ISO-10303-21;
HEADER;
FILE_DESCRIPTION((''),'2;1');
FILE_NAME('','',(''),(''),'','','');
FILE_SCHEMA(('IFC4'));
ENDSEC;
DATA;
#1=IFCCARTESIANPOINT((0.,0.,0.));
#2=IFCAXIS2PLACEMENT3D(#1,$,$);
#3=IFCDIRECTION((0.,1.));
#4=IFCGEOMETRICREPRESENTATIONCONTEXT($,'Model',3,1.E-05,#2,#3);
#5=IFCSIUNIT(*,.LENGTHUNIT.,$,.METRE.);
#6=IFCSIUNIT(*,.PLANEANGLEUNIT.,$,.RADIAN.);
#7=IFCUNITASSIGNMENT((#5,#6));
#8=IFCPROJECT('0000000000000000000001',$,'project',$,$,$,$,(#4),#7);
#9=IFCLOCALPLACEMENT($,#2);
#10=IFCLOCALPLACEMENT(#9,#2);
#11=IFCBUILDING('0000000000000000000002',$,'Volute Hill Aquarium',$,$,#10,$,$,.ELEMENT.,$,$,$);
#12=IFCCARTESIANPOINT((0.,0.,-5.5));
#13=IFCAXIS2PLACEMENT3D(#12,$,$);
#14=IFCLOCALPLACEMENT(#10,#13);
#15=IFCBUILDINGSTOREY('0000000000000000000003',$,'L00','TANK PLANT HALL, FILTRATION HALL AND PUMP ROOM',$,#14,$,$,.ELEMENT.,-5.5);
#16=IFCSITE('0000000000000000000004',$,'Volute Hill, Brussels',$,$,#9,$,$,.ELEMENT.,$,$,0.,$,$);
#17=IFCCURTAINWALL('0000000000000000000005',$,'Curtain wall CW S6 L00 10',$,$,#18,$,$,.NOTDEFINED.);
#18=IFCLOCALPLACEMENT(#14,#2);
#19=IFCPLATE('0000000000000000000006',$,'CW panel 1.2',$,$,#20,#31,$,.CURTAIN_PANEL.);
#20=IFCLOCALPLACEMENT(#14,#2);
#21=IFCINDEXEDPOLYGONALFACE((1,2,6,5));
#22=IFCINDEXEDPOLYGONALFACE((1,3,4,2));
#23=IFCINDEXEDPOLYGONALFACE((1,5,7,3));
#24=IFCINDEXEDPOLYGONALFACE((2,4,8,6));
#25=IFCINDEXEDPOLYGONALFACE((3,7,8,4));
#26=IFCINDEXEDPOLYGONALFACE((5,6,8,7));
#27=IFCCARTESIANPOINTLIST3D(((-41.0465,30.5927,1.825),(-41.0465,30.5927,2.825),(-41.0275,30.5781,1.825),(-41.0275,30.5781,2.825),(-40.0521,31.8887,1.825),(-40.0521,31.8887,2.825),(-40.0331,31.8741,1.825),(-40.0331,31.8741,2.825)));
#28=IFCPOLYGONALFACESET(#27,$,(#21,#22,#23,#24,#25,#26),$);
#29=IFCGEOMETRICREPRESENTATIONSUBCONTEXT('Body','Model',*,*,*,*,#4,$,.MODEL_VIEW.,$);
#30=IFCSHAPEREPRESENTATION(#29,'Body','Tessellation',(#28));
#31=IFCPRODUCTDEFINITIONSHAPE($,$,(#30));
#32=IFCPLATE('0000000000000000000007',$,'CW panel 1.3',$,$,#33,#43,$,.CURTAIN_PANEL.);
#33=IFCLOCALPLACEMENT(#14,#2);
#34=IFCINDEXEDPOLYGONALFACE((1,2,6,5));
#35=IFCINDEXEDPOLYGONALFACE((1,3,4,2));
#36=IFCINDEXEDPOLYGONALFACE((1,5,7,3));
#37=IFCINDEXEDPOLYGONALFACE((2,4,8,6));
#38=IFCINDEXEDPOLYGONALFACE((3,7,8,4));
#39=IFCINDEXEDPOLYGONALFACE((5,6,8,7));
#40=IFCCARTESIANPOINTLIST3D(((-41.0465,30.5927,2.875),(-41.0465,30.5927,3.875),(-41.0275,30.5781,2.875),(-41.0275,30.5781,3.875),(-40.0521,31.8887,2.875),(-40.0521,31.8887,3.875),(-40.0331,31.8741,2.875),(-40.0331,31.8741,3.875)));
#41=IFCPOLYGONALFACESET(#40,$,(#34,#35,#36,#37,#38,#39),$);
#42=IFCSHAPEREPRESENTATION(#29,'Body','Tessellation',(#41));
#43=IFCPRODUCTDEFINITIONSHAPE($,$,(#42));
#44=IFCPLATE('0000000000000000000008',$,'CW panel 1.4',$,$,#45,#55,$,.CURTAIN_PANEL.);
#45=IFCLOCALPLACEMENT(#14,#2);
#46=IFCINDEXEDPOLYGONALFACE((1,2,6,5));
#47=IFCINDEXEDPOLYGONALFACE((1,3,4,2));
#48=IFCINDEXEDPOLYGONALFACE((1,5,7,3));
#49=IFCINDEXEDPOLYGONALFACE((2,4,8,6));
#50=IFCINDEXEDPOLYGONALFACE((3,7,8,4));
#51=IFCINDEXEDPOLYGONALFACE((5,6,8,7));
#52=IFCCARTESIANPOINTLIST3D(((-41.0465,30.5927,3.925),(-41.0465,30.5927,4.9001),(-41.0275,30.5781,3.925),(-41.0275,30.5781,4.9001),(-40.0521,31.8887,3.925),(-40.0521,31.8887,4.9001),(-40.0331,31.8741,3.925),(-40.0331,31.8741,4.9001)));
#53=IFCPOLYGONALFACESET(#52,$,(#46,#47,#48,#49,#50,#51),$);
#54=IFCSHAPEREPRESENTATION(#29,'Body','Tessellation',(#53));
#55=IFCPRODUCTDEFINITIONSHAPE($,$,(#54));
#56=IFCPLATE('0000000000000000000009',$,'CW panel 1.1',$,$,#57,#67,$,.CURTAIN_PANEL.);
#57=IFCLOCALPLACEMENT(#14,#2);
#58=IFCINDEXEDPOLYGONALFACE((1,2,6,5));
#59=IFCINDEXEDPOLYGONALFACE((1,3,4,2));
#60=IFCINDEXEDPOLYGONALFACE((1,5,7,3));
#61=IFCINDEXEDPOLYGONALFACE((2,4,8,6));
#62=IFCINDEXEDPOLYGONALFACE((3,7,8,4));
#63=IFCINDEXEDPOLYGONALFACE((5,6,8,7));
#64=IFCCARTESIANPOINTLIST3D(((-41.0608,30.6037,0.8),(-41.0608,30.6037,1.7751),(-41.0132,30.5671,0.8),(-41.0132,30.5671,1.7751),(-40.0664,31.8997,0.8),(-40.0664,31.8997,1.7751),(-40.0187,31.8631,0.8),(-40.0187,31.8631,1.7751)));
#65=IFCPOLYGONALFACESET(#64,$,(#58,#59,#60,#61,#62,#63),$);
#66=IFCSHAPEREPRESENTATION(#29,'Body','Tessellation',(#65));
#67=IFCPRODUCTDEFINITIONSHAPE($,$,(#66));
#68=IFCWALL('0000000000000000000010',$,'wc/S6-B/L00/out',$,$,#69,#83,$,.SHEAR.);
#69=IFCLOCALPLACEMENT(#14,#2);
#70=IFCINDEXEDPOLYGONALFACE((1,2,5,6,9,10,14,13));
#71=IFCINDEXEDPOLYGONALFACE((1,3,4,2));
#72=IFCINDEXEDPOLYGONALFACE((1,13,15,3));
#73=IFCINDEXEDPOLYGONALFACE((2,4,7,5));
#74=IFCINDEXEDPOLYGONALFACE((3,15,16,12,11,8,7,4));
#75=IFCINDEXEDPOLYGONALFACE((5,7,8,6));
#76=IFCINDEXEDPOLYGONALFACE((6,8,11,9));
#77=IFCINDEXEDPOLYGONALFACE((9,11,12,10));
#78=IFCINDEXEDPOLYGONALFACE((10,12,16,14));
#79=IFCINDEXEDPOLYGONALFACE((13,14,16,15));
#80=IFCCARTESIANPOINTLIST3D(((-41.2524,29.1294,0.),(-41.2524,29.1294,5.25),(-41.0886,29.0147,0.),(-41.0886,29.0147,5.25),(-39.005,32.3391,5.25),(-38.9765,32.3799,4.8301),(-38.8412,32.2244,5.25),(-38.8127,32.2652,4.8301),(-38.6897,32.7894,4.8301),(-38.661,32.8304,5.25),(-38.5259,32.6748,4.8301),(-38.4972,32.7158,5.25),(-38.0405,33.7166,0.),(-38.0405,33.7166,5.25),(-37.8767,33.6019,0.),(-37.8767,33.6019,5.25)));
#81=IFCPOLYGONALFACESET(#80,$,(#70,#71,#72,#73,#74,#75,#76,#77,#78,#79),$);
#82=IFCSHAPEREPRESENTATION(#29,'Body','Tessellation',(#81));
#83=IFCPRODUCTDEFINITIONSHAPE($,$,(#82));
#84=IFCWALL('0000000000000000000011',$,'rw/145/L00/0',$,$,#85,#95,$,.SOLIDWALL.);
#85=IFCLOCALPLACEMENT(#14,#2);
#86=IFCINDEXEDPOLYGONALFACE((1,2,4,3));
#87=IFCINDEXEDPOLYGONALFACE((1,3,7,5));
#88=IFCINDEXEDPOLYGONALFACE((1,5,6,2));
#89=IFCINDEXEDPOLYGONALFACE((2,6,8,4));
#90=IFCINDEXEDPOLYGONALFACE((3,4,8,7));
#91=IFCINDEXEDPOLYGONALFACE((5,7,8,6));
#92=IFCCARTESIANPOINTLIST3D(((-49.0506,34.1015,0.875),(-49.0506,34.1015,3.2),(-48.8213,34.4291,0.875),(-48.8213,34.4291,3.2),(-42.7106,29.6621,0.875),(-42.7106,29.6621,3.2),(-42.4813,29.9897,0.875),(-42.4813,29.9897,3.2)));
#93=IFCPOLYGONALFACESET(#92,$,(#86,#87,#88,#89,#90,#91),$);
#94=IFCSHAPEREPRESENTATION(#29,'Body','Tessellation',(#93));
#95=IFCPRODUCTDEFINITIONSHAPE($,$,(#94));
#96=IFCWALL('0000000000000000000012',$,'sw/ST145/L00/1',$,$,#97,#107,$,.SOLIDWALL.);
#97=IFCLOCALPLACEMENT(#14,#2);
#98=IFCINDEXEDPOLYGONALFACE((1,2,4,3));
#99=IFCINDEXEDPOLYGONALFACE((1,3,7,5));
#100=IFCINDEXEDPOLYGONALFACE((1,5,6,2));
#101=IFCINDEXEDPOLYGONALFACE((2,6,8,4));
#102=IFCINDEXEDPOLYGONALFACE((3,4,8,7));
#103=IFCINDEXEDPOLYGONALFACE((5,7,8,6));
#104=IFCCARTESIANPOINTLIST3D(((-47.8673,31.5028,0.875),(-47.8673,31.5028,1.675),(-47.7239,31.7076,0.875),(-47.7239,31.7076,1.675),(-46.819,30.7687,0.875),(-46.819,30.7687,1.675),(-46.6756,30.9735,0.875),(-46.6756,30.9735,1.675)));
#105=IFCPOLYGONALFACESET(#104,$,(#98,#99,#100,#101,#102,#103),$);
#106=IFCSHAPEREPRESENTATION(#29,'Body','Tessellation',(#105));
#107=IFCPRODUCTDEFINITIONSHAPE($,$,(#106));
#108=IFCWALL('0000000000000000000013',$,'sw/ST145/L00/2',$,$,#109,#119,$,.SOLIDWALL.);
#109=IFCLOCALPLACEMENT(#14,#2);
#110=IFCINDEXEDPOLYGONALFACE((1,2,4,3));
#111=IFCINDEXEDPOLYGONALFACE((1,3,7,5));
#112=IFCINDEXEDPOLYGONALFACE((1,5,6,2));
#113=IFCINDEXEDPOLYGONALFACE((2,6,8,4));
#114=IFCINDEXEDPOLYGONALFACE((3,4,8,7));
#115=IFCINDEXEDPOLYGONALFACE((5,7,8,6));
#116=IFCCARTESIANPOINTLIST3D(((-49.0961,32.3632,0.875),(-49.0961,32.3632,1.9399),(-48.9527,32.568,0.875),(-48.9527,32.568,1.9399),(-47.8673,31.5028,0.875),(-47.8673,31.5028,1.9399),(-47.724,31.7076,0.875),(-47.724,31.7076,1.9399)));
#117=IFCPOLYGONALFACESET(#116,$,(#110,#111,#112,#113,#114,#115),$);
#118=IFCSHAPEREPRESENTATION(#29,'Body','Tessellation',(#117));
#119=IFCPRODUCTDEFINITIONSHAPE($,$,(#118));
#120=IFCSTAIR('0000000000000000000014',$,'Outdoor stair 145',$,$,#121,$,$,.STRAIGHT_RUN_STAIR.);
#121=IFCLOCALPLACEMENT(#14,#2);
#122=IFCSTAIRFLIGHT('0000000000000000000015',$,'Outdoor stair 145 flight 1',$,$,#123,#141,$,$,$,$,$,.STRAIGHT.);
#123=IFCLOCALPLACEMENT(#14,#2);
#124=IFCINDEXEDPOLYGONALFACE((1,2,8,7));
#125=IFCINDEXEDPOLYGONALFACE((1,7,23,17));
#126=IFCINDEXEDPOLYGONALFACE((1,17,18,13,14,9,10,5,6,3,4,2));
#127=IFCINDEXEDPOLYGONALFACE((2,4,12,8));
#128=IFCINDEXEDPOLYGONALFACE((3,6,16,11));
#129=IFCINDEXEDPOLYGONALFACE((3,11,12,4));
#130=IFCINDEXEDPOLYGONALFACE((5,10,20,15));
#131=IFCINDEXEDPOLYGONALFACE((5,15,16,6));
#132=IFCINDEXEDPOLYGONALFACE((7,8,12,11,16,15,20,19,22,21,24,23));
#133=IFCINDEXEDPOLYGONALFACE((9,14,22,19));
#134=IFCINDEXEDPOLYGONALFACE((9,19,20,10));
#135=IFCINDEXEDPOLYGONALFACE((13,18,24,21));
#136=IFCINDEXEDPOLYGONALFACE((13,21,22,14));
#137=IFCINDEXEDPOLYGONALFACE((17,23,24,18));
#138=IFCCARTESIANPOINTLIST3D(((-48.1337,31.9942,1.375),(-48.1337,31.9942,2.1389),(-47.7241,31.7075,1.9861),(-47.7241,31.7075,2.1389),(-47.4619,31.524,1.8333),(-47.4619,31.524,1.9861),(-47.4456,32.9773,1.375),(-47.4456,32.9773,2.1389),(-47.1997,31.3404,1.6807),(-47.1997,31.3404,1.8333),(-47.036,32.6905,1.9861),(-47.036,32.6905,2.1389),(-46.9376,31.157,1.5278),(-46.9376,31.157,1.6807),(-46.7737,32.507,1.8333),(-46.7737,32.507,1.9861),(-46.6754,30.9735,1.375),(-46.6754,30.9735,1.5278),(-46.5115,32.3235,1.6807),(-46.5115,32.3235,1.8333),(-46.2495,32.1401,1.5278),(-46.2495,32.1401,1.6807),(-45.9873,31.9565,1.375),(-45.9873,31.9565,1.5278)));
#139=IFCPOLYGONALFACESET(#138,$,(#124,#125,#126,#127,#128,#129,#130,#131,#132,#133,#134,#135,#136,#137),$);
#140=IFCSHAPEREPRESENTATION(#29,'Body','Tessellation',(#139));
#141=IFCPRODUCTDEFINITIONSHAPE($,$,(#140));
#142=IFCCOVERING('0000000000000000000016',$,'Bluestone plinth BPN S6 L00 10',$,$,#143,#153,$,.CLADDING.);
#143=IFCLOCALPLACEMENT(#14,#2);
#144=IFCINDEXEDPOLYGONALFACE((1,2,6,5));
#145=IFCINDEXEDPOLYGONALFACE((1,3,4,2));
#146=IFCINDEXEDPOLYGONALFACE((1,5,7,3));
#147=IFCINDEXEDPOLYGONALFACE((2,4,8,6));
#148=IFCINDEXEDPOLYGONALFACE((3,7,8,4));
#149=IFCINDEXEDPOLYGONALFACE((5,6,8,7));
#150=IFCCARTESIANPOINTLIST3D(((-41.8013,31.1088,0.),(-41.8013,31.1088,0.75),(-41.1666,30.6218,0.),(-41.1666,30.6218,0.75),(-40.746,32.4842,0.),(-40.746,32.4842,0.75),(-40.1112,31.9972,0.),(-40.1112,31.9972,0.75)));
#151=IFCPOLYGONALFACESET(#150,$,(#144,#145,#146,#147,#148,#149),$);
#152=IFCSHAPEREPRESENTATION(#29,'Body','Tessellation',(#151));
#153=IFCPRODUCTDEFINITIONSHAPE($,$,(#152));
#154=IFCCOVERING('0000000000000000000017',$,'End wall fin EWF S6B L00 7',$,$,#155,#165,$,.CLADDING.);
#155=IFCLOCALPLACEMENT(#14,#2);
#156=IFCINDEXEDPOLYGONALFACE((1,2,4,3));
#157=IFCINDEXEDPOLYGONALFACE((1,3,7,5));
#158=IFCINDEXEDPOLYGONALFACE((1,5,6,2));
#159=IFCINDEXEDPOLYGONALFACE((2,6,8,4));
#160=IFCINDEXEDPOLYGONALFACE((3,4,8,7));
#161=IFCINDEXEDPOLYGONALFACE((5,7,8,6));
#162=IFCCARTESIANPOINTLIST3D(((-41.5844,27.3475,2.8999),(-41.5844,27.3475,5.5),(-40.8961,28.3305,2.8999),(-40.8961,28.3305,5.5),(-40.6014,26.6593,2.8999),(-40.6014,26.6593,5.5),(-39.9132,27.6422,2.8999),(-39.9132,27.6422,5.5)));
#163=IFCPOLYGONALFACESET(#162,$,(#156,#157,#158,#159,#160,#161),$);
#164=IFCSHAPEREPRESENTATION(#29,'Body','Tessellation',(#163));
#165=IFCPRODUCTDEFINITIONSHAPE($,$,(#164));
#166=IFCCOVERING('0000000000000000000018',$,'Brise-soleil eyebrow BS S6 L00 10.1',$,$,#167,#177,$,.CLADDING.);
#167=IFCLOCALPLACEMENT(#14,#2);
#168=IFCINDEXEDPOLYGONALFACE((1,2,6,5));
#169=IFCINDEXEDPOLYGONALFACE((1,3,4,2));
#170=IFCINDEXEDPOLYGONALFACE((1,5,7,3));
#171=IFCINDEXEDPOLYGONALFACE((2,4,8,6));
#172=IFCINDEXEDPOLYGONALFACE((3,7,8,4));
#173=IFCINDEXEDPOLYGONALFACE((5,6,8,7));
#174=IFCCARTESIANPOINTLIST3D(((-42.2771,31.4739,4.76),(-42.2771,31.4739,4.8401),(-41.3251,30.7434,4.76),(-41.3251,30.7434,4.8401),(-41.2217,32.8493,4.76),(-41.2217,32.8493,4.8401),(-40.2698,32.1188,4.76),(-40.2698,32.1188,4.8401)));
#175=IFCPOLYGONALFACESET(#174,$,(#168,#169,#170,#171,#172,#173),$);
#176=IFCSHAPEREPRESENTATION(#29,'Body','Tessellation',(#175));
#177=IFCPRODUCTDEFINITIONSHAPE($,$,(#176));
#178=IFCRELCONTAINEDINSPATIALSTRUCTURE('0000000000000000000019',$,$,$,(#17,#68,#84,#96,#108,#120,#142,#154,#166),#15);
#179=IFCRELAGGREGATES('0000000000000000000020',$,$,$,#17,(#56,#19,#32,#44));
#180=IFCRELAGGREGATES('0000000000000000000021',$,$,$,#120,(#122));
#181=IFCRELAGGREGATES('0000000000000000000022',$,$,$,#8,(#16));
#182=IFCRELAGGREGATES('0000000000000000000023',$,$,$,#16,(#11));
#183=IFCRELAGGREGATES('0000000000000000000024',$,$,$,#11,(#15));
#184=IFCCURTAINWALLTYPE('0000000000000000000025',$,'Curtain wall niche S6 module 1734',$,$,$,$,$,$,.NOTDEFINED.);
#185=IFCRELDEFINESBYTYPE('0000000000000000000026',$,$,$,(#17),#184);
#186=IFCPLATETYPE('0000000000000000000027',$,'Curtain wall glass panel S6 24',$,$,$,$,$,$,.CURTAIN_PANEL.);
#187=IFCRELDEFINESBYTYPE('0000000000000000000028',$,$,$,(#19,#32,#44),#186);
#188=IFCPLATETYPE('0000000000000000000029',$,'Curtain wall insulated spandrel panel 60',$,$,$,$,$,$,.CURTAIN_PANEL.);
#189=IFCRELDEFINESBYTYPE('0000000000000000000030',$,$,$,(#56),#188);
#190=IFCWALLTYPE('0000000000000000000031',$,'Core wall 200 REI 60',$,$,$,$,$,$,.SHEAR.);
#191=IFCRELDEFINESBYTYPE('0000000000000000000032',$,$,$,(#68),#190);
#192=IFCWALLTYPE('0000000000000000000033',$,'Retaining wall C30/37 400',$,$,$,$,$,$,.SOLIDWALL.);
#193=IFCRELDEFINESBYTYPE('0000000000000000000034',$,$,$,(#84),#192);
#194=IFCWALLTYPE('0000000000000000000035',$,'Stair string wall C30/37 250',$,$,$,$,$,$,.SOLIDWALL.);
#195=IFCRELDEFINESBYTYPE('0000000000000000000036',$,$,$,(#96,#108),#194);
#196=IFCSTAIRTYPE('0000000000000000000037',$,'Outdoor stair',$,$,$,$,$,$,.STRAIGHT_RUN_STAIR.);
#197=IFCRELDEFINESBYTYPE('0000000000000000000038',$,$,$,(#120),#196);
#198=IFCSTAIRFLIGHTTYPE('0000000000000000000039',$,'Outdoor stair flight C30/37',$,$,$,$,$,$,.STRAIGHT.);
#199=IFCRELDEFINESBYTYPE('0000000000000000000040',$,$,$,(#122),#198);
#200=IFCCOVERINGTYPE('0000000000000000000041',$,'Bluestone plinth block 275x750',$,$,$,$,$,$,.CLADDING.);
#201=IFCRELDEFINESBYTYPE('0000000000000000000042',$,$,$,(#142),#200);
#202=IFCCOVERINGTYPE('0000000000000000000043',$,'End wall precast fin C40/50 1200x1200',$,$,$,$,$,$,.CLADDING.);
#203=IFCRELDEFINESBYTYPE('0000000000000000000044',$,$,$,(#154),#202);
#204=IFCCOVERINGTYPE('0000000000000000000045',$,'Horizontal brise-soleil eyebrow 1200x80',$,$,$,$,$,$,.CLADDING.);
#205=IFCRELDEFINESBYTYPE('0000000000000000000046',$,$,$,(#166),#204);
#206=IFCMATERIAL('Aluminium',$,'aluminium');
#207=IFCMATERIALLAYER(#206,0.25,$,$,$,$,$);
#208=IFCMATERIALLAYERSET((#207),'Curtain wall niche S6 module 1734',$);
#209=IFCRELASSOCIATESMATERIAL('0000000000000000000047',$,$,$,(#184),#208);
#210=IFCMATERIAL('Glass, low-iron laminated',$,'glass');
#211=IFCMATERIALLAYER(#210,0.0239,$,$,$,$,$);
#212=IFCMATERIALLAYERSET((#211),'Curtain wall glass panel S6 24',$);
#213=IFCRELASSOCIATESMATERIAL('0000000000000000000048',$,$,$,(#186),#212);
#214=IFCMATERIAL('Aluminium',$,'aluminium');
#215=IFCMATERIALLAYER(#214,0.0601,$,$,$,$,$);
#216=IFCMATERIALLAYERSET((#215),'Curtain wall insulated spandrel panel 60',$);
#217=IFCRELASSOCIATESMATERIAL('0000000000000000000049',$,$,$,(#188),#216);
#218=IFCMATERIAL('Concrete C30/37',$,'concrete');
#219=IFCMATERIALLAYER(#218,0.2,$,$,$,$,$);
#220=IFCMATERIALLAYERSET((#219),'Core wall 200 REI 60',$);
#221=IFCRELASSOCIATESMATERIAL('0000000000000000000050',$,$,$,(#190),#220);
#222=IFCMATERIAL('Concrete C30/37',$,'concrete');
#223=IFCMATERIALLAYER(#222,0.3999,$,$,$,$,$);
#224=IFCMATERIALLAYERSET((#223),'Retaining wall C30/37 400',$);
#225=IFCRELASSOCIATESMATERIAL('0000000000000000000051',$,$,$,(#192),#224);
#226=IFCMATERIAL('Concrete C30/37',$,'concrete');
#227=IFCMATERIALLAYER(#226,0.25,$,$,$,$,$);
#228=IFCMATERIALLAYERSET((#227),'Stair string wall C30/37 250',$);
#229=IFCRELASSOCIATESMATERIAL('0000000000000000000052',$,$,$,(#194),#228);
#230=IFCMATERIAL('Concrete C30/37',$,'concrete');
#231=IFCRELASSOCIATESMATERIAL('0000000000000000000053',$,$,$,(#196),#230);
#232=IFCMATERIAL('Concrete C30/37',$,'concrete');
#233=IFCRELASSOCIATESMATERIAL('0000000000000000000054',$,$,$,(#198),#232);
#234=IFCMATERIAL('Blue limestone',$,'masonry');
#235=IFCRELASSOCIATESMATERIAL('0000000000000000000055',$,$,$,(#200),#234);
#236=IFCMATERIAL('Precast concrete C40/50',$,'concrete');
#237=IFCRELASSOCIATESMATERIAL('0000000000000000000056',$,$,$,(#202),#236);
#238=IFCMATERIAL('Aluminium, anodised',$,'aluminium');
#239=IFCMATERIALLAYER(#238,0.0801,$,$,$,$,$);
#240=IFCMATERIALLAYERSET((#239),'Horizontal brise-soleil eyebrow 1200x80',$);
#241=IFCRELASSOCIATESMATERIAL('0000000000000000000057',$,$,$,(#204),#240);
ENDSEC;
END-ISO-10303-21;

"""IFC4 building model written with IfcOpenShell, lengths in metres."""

from ifc_helpers import new_model, si_unit, direction, frame, frame_2d, origin, origin_2d, place, context, subcontext, project, spatial, polyline, rectangle, outline, extrude, material, layer, layer_set, type_object, element, aggregate, save


model = new_model("IFC4")

# Units and contexts
model_context = context("Model", 3, precision=1e-05, world=origin(), true_north=direction((0.0, 1.0)))
body_context = subcontext(model_context, "Body", "Model", "MODEL_VIEW")
ifc_project = project(units=[si_unit("LENGTHUNIT", "METRE"), si_unit("PLANEANGLEUNIT", "RADIAN")], contexts=[model_context])

# Site, building, storey
site_placement = place(None, origin())
site = spatial("IfcSite", under=ifc_project, at=site_placement, Name="Volute Hill, Brussels", CompositionType="ELEMENT", RefElevation=0.0)
building_placement = place(site_placement, origin())
building = spatial("IfcBuilding", under=site, at=building_placement, Name="Volute Hill Aquarium", CompositionType="ELEMENT")
storey_placement = place(building_placement, frame((0.0, 0.0, -5.5)))
storey = spatial("IfcBuildingStorey", under=building, at=storey_placement, Name="L00", Description="TANK PLANT HALL, FILTRATION HALL AND PUMP ROOM", CompositionType="ELEMENT", Elevation=-5.5)

# Curtain wall, plates
ifc_material_1 = material(Name="Aluminium", Category="aluminium")
ifc_layer_1 = layer(ifc_material_1, 0.25)
ifc_layer_set_1 = layer_set([ifc_layer_1], Name="Curtain wall niche S6 module 1734")
curtain_wall_type = type_object("IfcCurtainWallType", Name="Curtain wall niche S6 module 1734", PredefinedType="NOTDEFINED", material=ifc_layer_set_1)
curtain_wall_placement = place(storey_placement, origin())
curtain_wall = element("IfcCurtainWall", 1, at=curtain_wall_placement, inside=storey, type_object=curtain_wall_type, Name="Curtain wall CW S6 L00 10", PredefinedType="NOTDEFINED")
ifc_material_2 = material(Name="Glass, low-iron laminated", Category="glass")
ifc_layer_2 = layer(ifc_material_2, 0.0239)
ifc_layer_set_2 = layer_set([ifc_layer_2], Name="Curtain wall glass panel S6 24")
plate_type_1 = type_object("IfcPlateType", Name="Curtain wall glass panel S6 24", PredefinedType="CURTAIN_PANEL", material=ifc_layer_set_2)
plate_1_placement = place(storey_placement, frame((-40.5398, 31.2334, 1.825), z_axis=(0.0, 0.0, 1.0), x_axis=(-0.608767, -0.793349, 0.0)))
plate_1 = element("IfcPlate", 2, at=plate_1_placement, type_object=plate_type_1, Name="CW panel 1.2", PredefinedType="CURTAIN_PANEL", context=body_context, shape_type="SweptSolid", body=[
    extrude(rectangle(XDim=1.6335, YDim=0.0239, at=origin_2d()), origin(), (0.0, 0.0, 1.0), 1.0),
])
plate_2_placement = place(storey_placement, frame((-40.5398, 31.2334, 2.875), z_axis=(0.0, 0.0, 1.0), x_axis=(-0.608767, -0.793349, 0.0)))
plate_2 = element("IfcPlate", 3, at=plate_2_placement, type_object=plate_type_1, Name="CW panel 1.3", PredefinedType="CURTAIN_PANEL", context=body_context, shape_type="SweptSolid", body=[
    extrude(rectangle(XDim=1.6335, YDim=0.0239, at=origin_2d()), origin(), (0.0, 0.0, 1.0), 1.0),
])
plate_3_placement = place(storey_placement, frame((-40.5398, 31.2334, 3.925), z_axis=(0.0, 0.0, 1.0), x_axis=(-0.608767, -0.793349, 0.0)))
plate_3 = element("IfcPlate", 4, at=plate_3_placement, type_object=plate_type_1, Name="CW panel 1.4", PredefinedType="CURTAIN_PANEL", context=body_context, shape_type="SweptSolid", body=[
    extrude(rectangle(XDim=1.6335, YDim=0.0239, at=origin_2d()), origin(), (0.0, 0.0, 1.0), 0.9751),
])
ifc_material_3 = material(Name="Aluminium", Category="aluminium")
ifc_layer_3 = layer(ifc_material_3, 0.0601)
ifc_layer_set_3 = layer_set([ifc_layer_3], Name="Curtain wall insulated spandrel panel 60")
plate_type_2 = type_object("IfcPlateType", Name="Curtain wall insulated spandrel panel 60", PredefinedType="CURTAIN_PANEL", material=ifc_layer_set_3)
plate_4_placement = place(storey_placement, frame((-40.5398, 31.2334, 0.8), z_axis=(0.0, 0.0, 1.0), x_axis=(-0.608767, -0.793349, 0.0)))
plate_4 = element("IfcPlate", 5, at=plate_4_placement, type_object=plate_type_2, Name="CW panel 1.1", PredefinedType="CURTAIN_PANEL", context=body_context, shape_type="SweptSolid", body=[
    extrude(rectangle(XDim=1.6335, YDim=0.0601, at=origin_2d()), origin(), (0.0, 0.0, 1.0), 0.9751),
])
aggregate(curtain_wall, [plate_4, plate_1, plate_2, plate_3])

# Walls
ifc_material_4 = material(Name="Concrete C30/37", Category="concrete")
ifc_layer_4 = layer(ifc_material_4, 0.2)
ifc_layer_set_4 = layer_set([ifc_layer_4], Name="Core wall 200 REI 60")
wall_type_1 = type_object("IfcWallType", Name="Core wall 200 REI 60", PredefinedType="SHEAR", material=ifc_layer_set_4)
wall_1_placement = place(storey_placement, frame((-41.1704, 29.072, 0.0), z_axis=(0.0, 0.0, 1.0), x_axis=(0.573571, 0.819156, 0.0)))
element("IfcWall", 6, at=wall_1_placement, inside=storey, type_object=wall_type_1, Name="wc/S6-B/L00/out", PredefinedType="SHEAR", context=body_context, shape_type="SweptSolid", body=[
    extrude(outline(polyline([(0.0, 0.0), (5.5999, 0.0), (5.5999, 5.25), (4.5181, 5.25), (4.468, 4.8301), (3.968, 4.8301), (3.9182, 5.25), (0.0, 5.25), (0.0, 0.0)])), frame((0.0, 0.1001, 0.0), z_axis=(0.0, -1.0, 0.0), x_axis=(1.0, 0.0, 0.0)), (0.0, 0.0, 1.0), 0.2),
])
ifc_material_5 = material(Name="Concrete C30/37", Category="concrete")
ifc_layer_5 = layer(ifc_material_5, 0.3999)
ifc_layer_set_5 = layer_set([ifc_layer_5], Name="Retaining wall C30/37 400")
wall_type_2 = type_object("IfcWallType", Name="Retaining wall C30/37 400", PredefinedType="SOLIDWALL", material=ifc_layer_set_5)
wall_2_placement = place(storey_placement, frame((-42.5959, 29.8259, 0.875), z_axis=(0.0, 0.0, 1.0), x_axis=(-0.819147, 0.573583, 0.0)))
element("IfcWall", 7, at=wall_2_placement, inside=storey, type_object=wall_type_2, Name="rw/145/L00/0", PredefinedType="SOLIDWALL", context=body_context, shape_type="SweptSolid", body=[
    extrude(rectangle(XDim=7.7397, YDim=0.3999, at=frame_2d((3.8699, 0.0))), origin(), (0.0, 0.0, 1.0), 2.325),
])
ifc_material_6 = material(Name="Concrete C30/37", Category="concrete")
ifc_layer_6 = layer(ifc_material_6, 0.25)
ifc_layer_set_6 = layer_set([ifc_layer_6], Name="Stair string wall C30/37 250")
wall_type_3 = type_object("IfcWallType", Name="Stair string wall C30/37 250", PredefinedType="SOLIDWALL", material=ifc_layer_set_6)
wall_3_placement = place(storey_placement, frame((-46.7473, 30.8711, 0.875), z_axis=(0.0, 0.0, 1.0), x_axis=(-0.819124, 0.573616, 0.0)))
element("IfcWall", 8, at=wall_3_placement, inside=storey, type_object=wall_type_3, Name="sw/ST145/L00/1", PredefinedType="SOLIDWALL", context=body_context, shape_type="SweptSolid", body=[
    extrude(rectangle(XDim=1.2798, YDim=0.25, at=frame_2d((0.6399, 0.0))), origin(), (0.0, 0.0, 1.0), 0.8),
])
wall_4_placement = place(storey_placement, frame((-47.7957, 31.6052, 0.875), z_axis=(0.0, 0.0, 1.0), x_axis=(-0.819163, 0.573561, 0.0)))
element("IfcWall", 9, at=wall_4_placement, inside=storey, type_object=wall_type_3, Name="sw/ST145/L00/2", PredefinedType="SOLIDWALL", context=body_context, shape_type="SweptSolid", body=[
    extrude(rectangle(XDim=1.5, YDim=0.25, at=frame_2d((0.75, 0.0))), origin(), (0.0, 0.0, 1.0), 1.0649),
])

# Stair, stair flight
ifc_material_7 = material(Name="Concrete C30/37", Category="concrete")
stair_type = type_object("IfcStairType", Name="Outdoor stair", PredefinedType="STRAIGHT_RUN_STAIR", material=ifc_material_7)
stair_placement = place(storey_placement, origin())
stair = element("IfcStair", 10, at=stair_placement, inside=storey, type_object=stair_type, Name="Outdoor stair 145", PredefinedType="STRAIGHT_RUN_STAIR")
ifc_material_8 = material(Name="Concrete C30/37", Category="concrete")
stair_flight_type = type_object("IfcStairFlightType", Name="Outdoor stair flight C30/37", PredefinedType="STRAIGHT", material=ifc_material_8)
stair_flight_placement = place(storey_placement, frame((-46.3313, 31.4651, 1.375), z_axis=(0.0, 0.0, 1.0), x_axis=(-0.819238, 0.573453, 0.0)))
stair_flight = element("IfcStairFlight", 11, at=stair_flight_placement, type_object=stair_flight_type, Name="Outdoor stair 145 flight 1", PredefinedType="STRAIGHT", context=body_context, shape_type="SweptSolid", body=[
    extrude(outline(polyline([(0.0, 0.0), (1.78, 0.0), (1.78, 0.7639), (1.28, 0.7639), (1.28, 0.6111), (0.96, 0.6111), (0.96, 0.4583), (0.6399, 0.4583), (0.6399, 0.3057), (0.3201, 0.3057), (0.3201, 0.1528), (0.0, 0.1528), (0.0, 0.0), (0.0, 0.0)])), frame((0.0, 0.6001, 0.0), z_axis=(0.0, -1.0, 0.0), x_axis=(1.0, 0.0, 0.0)), (0.0, 0.0, 1.0), 1.2),
])
aggregate(stair, [stair_flight])

# Coverings
ifc_material_9 = material(Name="Blue limestone", Category="masonry")
covering_type_1 = type_object("IfcCoveringType", Name="Bluestone plinth block 275x750", PredefinedType="CLADDING", material=ifc_material_9)
covering_1_placement = place(storey_placement, frame((-40.9563, 31.553, 0.0), z_axis=(0.0, 0.0, 1.0), x_axis=(-0.608766, -0.79335, 0.0)))
element("IfcCovering", 12, at=covering_1_placement, inside=storey, type_object=covering_type_1, Name="Bluestone plinth BPN S6 L00 10", PredefinedType="CLADDING", context=body_context, shape_type="SweptSolid", body=[
    extrude(rectangle(XDim=1.7336, YDim=0.8, at=origin_2d()), origin(), (0.0, 0.0, 1.0), 0.75),
])
ifc_material_10 = material(Name="Precast concrete C40/50", Category="concrete")
covering_type_2 = type_object("IfcCoveringType", Name="End wall precast fin C40/50 1200x1200", PredefinedType="CLADDING", material=ifc_material_10)
covering_2_placement = place(storey_placement, frame((-40.7488, 27.4949, 2.8999), z_axis=(0.0, 0.0, 1.0), x_axis=(-0.819151, 0.573577, 0.0)))
element("IfcCovering", 13, at=covering_2_placement, inside=storey, type_object=covering_type_2, Name="End wall fin EWF S6B L00 7", PredefinedType="CLADDING", context=body_context, shape_type="SweptSolid", body=[
    extrude(rectangle(XDim=1.2, YDim=1.2, at=origin_2d()), origin(), (0.0, 0.0, 1.0), 2.6001),
])
ifc_material_11 = material(Name="Aluminium, anodised", Category="aluminium")
ifc_layer_7 = layer(ifc_material_11, 0.0801)
ifc_layer_set_7 = layer_set([ifc_layer_7], Name="Horizontal brise-soleil eyebrow 1200x80")
covering_type_3 = type_object("IfcCoveringType", Name="Horizontal brise-soleil eyebrow 1200x80", PredefinedType="CLADDING", material=ifc_layer_set_7)
for number, where, z_axis, x_axis, name in (
    (14, (-41.2734, 31.7964, 4.76), (0.0, 0.0, 1.0), (-0.608766, -0.79335, 0.0), "Brise-soleil eyebrow BS S6 L00 10.1"),
):
    element("IfcCovering", number, at=place(storey_placement, frame(where, z_axis=z_axis, x_axis=x_axis)), inside=storey, type_object=covering_type_3, Name=name, PredefinedType="CLADDING", context=body_context, shape_type="SweptSolid", body=[
        extrude(rectangle(XDim=1.7336, YDim=1.2, at=origin_2d()), origin(), (0.0, 0.0, 1.0), 0.0801),
    ])

save(model, "model.ifc")
